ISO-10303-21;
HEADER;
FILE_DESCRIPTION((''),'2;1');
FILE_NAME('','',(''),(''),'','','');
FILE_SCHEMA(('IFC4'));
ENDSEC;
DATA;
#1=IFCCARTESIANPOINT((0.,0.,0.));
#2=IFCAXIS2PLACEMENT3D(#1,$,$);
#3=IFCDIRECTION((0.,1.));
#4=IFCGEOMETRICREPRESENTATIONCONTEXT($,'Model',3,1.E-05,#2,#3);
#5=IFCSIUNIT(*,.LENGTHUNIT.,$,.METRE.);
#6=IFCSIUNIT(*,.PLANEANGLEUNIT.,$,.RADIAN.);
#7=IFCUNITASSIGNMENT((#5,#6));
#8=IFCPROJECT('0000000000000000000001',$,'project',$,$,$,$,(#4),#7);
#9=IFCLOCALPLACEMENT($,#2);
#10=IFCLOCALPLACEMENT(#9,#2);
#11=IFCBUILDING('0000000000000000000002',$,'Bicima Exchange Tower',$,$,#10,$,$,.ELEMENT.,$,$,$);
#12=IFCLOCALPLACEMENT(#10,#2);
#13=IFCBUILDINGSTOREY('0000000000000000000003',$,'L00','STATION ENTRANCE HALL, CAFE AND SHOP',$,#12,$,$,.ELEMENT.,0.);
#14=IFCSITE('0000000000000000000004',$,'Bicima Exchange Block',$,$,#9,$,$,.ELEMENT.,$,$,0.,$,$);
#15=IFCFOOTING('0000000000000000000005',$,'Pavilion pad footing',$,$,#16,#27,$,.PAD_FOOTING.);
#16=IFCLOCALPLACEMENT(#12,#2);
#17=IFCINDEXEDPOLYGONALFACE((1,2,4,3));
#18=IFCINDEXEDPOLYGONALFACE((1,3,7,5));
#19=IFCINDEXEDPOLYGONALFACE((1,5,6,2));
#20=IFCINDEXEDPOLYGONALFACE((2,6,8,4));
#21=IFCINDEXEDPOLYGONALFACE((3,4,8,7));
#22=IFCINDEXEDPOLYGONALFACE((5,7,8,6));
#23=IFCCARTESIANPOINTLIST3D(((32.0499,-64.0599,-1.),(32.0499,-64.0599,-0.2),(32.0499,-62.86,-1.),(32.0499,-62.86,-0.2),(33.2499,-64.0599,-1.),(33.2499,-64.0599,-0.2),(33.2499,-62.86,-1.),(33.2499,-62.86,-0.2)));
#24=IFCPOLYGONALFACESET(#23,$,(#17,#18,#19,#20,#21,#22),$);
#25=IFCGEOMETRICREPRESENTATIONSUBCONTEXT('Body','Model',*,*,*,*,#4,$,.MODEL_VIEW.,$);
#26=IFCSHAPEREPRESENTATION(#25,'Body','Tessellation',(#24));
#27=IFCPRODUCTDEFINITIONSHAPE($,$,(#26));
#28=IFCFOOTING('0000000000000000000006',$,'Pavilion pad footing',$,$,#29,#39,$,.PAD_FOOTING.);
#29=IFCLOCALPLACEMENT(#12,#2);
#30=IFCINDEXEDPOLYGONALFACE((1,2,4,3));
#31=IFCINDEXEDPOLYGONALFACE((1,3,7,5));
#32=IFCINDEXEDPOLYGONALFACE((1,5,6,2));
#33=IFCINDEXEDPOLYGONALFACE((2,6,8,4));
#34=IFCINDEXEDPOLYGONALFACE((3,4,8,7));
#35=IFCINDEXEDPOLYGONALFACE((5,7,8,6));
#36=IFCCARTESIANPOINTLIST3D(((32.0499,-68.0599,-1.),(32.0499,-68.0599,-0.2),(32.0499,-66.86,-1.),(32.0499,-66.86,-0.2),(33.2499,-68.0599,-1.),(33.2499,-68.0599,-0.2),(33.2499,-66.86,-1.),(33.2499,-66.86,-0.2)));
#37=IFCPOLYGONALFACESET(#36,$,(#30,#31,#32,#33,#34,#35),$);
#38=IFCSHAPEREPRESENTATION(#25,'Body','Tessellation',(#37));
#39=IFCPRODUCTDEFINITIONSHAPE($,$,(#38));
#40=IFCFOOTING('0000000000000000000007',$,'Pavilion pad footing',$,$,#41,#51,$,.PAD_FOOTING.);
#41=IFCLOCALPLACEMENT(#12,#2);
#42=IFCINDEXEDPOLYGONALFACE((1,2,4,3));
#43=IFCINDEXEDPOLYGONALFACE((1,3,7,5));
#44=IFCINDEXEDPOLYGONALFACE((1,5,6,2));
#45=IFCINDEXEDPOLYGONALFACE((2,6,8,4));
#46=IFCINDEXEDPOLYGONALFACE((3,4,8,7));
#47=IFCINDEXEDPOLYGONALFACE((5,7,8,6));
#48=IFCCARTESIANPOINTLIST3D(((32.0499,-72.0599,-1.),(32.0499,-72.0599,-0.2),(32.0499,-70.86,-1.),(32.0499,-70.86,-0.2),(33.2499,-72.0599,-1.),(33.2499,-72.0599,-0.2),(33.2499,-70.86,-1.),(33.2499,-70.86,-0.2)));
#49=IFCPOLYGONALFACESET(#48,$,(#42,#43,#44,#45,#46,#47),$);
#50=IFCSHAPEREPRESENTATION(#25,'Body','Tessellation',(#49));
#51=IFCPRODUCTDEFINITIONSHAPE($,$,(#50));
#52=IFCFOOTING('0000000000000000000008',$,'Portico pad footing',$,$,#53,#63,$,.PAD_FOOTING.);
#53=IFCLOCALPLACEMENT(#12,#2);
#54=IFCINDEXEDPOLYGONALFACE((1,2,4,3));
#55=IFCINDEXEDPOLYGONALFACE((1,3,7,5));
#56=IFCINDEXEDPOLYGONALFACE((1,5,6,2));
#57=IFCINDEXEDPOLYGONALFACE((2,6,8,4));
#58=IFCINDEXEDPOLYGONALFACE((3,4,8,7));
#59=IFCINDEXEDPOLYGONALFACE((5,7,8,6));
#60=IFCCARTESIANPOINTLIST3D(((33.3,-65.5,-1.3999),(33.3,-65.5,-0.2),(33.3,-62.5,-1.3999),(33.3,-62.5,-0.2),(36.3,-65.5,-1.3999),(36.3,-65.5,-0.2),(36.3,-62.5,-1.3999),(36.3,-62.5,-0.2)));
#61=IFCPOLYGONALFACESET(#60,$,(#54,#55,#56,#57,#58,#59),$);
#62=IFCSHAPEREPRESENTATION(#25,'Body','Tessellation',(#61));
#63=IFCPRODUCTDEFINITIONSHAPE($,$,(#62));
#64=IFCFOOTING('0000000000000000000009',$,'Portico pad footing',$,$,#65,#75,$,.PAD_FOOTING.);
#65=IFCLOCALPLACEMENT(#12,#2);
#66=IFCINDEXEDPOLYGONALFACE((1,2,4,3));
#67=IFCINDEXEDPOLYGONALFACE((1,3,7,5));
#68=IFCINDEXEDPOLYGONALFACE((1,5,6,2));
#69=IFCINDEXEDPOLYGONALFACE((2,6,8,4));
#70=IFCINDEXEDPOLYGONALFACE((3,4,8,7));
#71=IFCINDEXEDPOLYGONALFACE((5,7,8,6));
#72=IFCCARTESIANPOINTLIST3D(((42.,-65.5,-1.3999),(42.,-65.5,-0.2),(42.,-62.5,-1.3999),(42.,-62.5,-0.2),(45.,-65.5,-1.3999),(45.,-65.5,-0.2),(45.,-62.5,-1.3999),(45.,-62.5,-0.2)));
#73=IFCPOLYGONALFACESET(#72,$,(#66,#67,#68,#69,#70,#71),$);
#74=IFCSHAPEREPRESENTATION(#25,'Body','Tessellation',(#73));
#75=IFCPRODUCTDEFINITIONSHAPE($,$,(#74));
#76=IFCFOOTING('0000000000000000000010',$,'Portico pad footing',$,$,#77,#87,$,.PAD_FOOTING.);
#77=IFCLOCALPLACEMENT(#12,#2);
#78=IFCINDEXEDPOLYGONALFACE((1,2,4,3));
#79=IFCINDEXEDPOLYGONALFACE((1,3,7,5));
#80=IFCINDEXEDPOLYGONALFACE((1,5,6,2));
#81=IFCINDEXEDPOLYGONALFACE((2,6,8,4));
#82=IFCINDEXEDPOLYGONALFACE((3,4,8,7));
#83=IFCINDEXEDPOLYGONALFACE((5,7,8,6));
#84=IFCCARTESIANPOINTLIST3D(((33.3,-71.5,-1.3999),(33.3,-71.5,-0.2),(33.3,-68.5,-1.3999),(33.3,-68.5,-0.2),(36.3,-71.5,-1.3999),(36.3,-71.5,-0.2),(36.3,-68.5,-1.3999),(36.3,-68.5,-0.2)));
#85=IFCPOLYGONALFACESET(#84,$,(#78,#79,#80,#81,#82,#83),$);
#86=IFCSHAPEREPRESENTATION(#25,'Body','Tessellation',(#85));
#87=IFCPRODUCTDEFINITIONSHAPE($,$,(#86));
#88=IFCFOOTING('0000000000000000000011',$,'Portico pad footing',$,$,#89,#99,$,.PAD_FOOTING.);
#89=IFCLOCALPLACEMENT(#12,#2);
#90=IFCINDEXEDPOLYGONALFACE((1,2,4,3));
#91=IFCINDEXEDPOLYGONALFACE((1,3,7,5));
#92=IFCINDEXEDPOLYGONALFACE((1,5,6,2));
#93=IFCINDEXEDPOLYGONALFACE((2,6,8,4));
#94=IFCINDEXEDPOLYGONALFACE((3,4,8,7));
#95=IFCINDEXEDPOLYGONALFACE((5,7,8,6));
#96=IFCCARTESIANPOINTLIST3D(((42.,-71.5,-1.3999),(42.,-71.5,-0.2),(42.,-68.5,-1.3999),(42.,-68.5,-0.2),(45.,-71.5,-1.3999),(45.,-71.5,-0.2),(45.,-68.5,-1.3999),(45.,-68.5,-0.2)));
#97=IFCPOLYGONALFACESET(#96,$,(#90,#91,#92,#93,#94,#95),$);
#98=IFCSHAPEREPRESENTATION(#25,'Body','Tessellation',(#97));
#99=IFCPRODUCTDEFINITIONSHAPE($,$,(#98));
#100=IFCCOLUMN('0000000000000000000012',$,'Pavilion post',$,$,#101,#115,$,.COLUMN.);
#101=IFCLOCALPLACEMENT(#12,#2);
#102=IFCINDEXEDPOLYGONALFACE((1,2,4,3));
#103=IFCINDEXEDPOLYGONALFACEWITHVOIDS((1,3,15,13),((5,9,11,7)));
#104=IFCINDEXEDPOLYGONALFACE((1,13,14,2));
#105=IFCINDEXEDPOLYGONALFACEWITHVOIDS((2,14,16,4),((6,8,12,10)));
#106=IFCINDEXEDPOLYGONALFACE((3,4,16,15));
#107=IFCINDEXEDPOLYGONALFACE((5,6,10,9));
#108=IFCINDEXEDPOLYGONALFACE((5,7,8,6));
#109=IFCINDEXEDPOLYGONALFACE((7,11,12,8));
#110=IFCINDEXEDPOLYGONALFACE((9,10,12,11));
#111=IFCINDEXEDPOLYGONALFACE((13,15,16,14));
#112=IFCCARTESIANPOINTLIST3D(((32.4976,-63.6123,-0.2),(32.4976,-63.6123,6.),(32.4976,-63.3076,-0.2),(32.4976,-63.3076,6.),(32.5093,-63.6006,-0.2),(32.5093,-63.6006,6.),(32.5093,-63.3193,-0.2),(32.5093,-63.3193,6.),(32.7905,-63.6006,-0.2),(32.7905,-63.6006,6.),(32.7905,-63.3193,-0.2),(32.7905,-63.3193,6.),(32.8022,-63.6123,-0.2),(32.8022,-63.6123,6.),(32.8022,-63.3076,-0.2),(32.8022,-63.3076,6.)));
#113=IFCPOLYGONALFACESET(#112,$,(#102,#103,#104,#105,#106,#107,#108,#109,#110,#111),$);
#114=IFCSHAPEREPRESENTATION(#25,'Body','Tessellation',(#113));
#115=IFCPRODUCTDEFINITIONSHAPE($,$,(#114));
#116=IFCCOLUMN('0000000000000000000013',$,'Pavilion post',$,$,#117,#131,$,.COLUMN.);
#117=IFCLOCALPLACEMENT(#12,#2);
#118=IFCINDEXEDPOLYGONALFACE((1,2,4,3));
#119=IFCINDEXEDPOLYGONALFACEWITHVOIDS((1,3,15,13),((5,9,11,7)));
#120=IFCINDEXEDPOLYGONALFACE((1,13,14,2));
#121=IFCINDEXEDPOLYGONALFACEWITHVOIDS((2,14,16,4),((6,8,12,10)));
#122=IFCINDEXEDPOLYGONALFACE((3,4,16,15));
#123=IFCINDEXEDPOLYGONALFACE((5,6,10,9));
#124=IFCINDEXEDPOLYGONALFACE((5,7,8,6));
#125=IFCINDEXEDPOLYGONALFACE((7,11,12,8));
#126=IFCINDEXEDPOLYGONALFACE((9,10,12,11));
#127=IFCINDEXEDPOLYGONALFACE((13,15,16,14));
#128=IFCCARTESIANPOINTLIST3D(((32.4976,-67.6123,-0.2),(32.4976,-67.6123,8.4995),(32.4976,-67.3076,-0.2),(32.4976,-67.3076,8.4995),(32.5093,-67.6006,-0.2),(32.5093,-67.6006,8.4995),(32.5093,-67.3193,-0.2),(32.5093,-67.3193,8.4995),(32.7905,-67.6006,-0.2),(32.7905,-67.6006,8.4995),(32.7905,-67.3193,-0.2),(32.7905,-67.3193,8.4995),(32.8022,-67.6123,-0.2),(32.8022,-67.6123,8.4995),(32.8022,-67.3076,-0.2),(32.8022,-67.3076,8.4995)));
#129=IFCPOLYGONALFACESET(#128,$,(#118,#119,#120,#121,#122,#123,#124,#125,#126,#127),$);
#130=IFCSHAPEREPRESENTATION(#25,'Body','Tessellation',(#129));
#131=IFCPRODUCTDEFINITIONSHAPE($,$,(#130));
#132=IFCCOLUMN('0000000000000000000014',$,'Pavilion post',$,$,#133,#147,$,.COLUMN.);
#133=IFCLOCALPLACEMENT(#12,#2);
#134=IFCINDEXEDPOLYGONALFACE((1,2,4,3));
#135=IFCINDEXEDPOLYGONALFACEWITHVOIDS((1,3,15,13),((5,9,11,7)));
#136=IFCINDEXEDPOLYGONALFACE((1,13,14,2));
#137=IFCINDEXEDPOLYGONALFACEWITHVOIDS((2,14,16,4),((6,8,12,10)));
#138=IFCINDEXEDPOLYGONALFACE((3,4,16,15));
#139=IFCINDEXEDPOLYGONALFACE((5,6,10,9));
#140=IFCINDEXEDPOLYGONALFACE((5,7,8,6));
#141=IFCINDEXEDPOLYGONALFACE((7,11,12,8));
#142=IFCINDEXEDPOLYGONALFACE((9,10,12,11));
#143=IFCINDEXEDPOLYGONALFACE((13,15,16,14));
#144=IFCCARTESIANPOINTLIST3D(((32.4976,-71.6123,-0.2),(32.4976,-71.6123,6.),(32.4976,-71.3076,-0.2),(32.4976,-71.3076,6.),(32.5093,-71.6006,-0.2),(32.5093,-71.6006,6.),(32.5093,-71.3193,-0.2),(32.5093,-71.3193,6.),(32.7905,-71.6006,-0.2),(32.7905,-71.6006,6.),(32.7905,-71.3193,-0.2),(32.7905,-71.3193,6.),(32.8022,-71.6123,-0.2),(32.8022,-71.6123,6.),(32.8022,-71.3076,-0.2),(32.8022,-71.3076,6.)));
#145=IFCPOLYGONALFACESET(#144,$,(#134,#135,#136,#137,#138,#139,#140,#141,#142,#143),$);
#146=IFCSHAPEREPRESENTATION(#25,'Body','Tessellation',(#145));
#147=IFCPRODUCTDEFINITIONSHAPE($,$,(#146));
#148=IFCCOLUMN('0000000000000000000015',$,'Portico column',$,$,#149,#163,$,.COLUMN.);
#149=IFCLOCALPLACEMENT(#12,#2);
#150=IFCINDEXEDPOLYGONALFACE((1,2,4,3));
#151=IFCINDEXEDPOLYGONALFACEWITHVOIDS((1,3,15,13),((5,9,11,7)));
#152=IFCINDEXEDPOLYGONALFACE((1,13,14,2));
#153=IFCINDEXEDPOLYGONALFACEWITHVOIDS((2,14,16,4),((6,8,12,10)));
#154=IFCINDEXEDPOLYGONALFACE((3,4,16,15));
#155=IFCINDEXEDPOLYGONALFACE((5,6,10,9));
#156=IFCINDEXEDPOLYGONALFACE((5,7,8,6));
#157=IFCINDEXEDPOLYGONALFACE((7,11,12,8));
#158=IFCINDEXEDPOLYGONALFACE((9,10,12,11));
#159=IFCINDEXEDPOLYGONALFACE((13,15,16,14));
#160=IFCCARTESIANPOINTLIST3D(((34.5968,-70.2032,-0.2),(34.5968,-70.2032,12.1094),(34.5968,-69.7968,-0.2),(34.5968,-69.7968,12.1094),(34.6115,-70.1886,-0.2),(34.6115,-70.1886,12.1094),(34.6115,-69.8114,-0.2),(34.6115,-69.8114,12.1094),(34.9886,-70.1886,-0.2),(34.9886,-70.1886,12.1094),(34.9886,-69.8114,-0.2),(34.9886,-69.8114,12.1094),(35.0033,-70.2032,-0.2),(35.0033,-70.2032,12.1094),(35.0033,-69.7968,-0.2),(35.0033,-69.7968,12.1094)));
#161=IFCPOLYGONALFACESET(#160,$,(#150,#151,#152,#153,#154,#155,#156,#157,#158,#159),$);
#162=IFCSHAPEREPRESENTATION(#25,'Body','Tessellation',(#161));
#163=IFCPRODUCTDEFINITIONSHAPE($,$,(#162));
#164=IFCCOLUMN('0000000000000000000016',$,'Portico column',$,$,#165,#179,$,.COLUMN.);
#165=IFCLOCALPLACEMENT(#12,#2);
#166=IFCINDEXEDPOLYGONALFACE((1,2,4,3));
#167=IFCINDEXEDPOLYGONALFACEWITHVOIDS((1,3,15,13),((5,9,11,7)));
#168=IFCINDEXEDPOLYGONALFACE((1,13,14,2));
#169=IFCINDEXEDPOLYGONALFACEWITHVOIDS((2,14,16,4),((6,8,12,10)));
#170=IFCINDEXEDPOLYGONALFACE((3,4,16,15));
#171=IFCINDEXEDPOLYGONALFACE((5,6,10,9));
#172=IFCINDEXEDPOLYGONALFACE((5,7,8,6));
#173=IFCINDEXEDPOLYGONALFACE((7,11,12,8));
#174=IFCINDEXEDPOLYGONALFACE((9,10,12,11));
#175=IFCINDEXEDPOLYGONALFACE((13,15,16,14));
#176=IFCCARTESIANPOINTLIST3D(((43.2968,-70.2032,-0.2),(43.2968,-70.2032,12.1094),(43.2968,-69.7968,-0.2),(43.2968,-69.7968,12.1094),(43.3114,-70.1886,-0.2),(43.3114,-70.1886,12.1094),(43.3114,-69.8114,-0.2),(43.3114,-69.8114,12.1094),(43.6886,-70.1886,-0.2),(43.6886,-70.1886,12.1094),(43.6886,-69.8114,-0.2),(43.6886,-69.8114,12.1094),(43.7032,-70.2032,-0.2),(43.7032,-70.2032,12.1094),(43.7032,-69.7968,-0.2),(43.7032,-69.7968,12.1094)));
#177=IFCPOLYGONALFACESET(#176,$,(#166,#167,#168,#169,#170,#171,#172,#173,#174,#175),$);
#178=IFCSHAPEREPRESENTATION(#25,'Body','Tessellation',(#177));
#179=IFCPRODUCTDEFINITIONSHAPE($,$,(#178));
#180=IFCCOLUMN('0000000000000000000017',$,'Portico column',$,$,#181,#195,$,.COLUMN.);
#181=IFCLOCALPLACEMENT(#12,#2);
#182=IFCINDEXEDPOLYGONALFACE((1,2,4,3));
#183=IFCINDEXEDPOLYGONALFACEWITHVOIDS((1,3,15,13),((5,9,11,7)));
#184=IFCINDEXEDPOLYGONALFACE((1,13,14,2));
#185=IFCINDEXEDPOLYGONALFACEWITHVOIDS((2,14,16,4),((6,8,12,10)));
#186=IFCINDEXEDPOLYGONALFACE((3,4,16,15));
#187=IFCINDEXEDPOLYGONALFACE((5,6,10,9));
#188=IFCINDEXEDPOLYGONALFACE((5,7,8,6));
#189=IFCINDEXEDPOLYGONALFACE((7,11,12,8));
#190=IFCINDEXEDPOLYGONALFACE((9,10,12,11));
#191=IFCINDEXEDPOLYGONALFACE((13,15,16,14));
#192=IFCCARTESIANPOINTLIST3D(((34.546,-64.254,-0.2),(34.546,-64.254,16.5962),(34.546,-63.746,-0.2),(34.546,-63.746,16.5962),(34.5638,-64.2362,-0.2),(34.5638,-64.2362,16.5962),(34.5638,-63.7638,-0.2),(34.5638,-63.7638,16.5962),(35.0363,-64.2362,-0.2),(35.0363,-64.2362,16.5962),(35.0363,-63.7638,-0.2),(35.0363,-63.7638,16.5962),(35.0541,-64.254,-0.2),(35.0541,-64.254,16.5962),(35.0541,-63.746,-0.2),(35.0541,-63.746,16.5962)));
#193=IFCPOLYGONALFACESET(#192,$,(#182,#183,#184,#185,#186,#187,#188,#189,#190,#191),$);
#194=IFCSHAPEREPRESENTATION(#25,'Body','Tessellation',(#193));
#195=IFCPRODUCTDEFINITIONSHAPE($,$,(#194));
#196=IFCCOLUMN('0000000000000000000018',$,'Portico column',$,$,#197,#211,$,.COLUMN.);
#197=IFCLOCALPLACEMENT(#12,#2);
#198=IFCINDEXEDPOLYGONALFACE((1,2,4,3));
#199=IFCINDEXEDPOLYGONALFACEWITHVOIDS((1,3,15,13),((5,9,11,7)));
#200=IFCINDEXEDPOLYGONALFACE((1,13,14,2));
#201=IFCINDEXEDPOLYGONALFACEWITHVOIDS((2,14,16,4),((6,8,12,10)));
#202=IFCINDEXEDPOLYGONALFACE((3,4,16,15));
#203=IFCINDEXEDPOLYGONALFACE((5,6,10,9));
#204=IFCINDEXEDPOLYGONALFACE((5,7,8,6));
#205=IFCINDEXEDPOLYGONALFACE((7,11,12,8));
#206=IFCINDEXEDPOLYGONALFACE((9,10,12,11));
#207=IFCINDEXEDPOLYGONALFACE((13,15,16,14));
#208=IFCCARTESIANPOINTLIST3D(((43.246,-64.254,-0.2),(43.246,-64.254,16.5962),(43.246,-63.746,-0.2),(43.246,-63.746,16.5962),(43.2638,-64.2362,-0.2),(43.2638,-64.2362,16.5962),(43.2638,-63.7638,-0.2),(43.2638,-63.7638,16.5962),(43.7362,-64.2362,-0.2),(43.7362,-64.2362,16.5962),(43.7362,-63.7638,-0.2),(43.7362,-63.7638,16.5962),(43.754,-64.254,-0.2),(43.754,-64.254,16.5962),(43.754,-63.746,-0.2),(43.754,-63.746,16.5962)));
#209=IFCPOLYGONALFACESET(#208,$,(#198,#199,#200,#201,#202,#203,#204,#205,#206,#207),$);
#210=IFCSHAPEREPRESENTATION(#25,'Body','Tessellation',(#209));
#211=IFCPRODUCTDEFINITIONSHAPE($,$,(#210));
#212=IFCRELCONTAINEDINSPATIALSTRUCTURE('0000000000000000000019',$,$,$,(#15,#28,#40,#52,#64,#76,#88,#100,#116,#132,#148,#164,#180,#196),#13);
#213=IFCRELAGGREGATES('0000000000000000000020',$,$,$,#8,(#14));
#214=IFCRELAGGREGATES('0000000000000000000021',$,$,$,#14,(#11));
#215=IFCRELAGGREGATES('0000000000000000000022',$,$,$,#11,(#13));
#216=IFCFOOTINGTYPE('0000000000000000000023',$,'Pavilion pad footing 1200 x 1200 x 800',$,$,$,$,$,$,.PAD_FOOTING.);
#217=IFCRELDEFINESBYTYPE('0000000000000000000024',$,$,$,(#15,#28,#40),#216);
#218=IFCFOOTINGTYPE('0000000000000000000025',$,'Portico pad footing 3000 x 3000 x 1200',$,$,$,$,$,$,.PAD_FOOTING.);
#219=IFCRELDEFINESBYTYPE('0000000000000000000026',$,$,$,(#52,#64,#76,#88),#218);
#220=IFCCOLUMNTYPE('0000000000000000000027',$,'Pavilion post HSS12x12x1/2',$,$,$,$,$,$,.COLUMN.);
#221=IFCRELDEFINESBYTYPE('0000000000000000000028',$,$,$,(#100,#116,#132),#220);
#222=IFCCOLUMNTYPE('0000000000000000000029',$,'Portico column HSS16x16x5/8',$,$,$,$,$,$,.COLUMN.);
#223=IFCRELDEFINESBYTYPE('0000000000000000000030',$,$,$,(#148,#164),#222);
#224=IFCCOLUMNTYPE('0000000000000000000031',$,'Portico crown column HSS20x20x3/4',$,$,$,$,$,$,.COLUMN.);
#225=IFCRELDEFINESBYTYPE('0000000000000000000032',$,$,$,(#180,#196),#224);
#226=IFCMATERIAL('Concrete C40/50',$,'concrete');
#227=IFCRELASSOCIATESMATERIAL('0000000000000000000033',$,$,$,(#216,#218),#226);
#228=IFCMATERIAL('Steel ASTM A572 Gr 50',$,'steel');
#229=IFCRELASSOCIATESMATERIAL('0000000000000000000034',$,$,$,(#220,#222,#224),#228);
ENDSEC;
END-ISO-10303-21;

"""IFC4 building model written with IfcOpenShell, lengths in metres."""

from ifc_helpers import new_model, si_unit, direction, frame, origin, origin_2d, place, context, subcontext, project, spatial, rectangle, hollow_rectangle, extrude, material, material_profile, profile_set, type_object, element, save


model = new_model("IFC4")

# Units and contexts
model_context = context("Model", 3, precision=1e-05, world=origin(), true_north=direction((0.0, 1.0)))
body_context = subcontext(model_context, "Body", "Model", "MODEL_VIEW")
ifc_project = project(units=[si_unit("LENGTHUNIT", "METRE"), si_unit("PLANEANGLEUNIT", "RADIAN")], contexts=[model_context])

# Site, building, storey
site_placement = place(None, origin())
site = spatial("IfcSite", under=ifc_project, at=site_placement, Name="Bicima Exchange Block", CompositionType="ELEMENT", RefElevation=0.0)
building_placement = place(site_placement, origin())
building = spatial("IfcBuilding", under=site, at=building_placement, Name="Bicima Exchange Tower", CompositionType="ELEMENT")
storey_placement = place(building_placement, origin())
storey = spatial("IfcBuildingStorey", under=building, at=storey_placement, Name="L00", Description="STATION ENTRANCE HALL, CAFE AND SHOP", CompositionType="ELEMENT", Elevation=0.0)

# Footings
ifc_material_1 = material(Name="Concrete C40/50", Category="concrete")
footing_type_1 = type_object("IfcFootingType", Name="Pavilion pad footing 1200 x 1200 x 800", PredefinedType="PAD_FOOTING", material=ifc_material_1)
for number, where, z_axis, x_axis, name in (
    (1, (32.6499, -63.46, -1.0), (0.0, 0.0, 1.0), (1.0, 0.0, 0.0), "Pavilion pad footing"),
    (2, (32.6499, -67.46, -1.0), (0.0, 0.0, 1.0), (1.0, 0.0, 0.0), "Pavilion pad footing"),
    (3, (32.6499, -71.46, -1.0), (0.0, 0.0, 1.0), (1.0, 0.0, 0.0), "Pavilion pad footing"),
):
    element("IfcFooting", number, at=place(storey_placement, frame(where, z_axis=z_axis, x_axis=x_axis)), inside=storey, type_object=footing_type_1, Name=name, PredefinedType="PAD_FOOTING", context=body_context, shape_type="SweptSolid", body=[
        extrude(rectangle(XDim=1.2, YDim=1.2, at=origin_2d()), origin(), (0.0, 0.0, 1.0), 0.8),
    ])
footing_type_2 = type_object("IfcFootingType", Name="Portico pad footing 3000 x 3000 x 1200", PredefinedType="PAD_FOOTING", material=ifc_material_1)
for number, where, z_axis, x_axis, name in (
    (4, (34.8, -64.0, -1.3999), (0.0, 0.0, 1.0), (1.0, 0.0, 0.0), "Portico pad footing"),
    (5, (43.5, -64.0, -1.3999), (0.0, 0.0, 1.0), (1.0, 0.0, 0.0), "Portico pad footing"),
    (6, (34.8, -70.0, -1.3999), (0.0, 0.0, 1.0), (1.0, 0.0, 0.0), "Portico pad footing"),
    (7, (43.5, -70.0, -1.3999), (0.0, 0.0, 1.0), (1.0, 0.0, 0.0), "Portico pad footing"),
):
    element("IfcFooting", number, at=place(storey_placement, frame(where, z_axis=z_axis, x_axis=x_axis)), inside=storey, type_object=footing_type_2, Name=name, PredefinedType="PAD_FOOTING", context=body_context, shape_type="SweptSolid", body=[
        extrude(rectangle(XDim=3.0, YDim=3.0, at=origin_2d()), origin(), (0.0, 0.0, 1.0), 1.2),
    ])

# Columns
ifc_material_2 = material(Name="Steel ASTM A572 Gr 50", Category="steel")
ifc_material_profile_1 = material_profile(ifc_material_2, hollow_rectangle(XDim=0.3047, YDim=0.3047, WallThickness=0.0117, at=origin_2d()))
ifc_profile_set_1 = profile_set([ifc_material_profile_1], Name="Steel ASTM A572 Gr 50")
column_type_1 = type_object("IfcColumnType", Name="Pavilion post HSS12x12x1/2", PredefinedType="COLUMN", material=ifc_profile_set_1)
column_1_placement = place(storey_placement, frame((32.6499, -63.46, -0.2), z_axis=(0.0, 0.0, 1.0), x_axis=(1.0, 0.0, 0.0)))
element("IfcColumn", 8, at=column_1_placement, inside=storey, type_object=column_type_1, Name="Pavilion post", PredefinedType="COLUMN", context=body_context, shape_type="SweptSolid", body=[
    extrude(hollow_rectangle(XDim=0.3047, YDim=0.3047, WallThickness=0.0117, at=origin_2d()), origin(), (0.0, 0.0, 1.0), 6.2),
])
column_2_placement = place(storey_placement, frame((32.6499, -67.46, -0.2), z_axis=(0.0, 0.0, 1.0), x_axis=(1.0, 0.0, 0.0)))
element("IfcColumn", 9, at=column_2_placement, inside=storey, type_object=column_type_1, Name="Pavilion post", PredefinedType="COLUMN", context=body_context, shape_type="SweptSolid", body=[
    extrude(hollow_rectangle(XDim=0.3047, YDim=0.3047, WallThickness=0.0117, at=origin_2d()), origin(), (0.0, 0.0, 1.0), 8.6995),
])
column_3_placement = place(storey_placement, frame((32.6499, -71.46, -0.2), z_axis=(0.0, 0.0, 1.0), x_axis=(1.0, 0.0, 0.0)))
element("IfcColumn", 10, at=column_3_placement, inside=storey, type_object=column_type_1, Name="Pavilion post", PredefinedType="COLUMN", context=body_context, shape_type="SweptSolid", body=[
    extrude(hollow_rectangle(XDim=0.3047, YDim=0.3047, WallThickness=0.0117, at=origin_2d()), origin(), (0.0, 0.0, 1.0), 6.2),
])
ifc_material_profile_2 = material_profile(ifc_material_2, hollow_rectangle(XDim=0.4065, YDim=0.4065, WallThickness=0.0146, at=origin_2d()))
ifc_profile_set_2 = profile_set([ifc_material_profile_2], Name="Steel ASTM A572 Gr 50")
column_type_2 = type_object("IfcColumnType", Name="Portico column HSS16x16x5/8", PredefinedType="COLUMN", material=ifc_profile_set_2)
for number, where, z_axis, x_axis, name in (
    (11, (34.8, -70.0, -0.2), (0.0, 0.0, 1.0), (1.0, 0.0, 0.0), "Portico column"),
    (12, (43.5, -70.0, -0.2), (0.0, 0.0, 1.0), (1.0, 0.0, 0.0), "Portico column"),
):
    element("IfcColumn", number, at=place(storey_placement, frame(where, z_axis=z_axis, x_axis=x_axis)), inside=storey, type_object=column_type_2, Name=name, PredefinedType="COLUMN", context=body_context, shape_type="SweptSolid", body=[
        extrude(hollow_rectangle(XDim=0.4065, YDim=0.4065, WallThickness=0.0146, at=origin_2d()), origin(), (0.0, 0.0, 1.0), 12.3093),
    ])
ifc_material_profile_3 = material_profile(ifc_material_2, hollow_rectangle(XDim=0.5081, YDim=0.5081, WallThickness=0.0178, at=origin_2d()))
ifc_profile_set_3 = profile_set([ifc_material_profile_3], Name="Steel ASTM A572 Gr 50")
column_type_3 = type_object("IfcColumnType", Name="Portico crown column HSS20x20x3/4", PredefinedType="COLUMN", material=ifc_profile_set_3)
for number, where, z_axis, x_axis, name in (
    (13, (34.8, -64.0, -0.2), (0.0, 0.0, 1.0), (1.0, 0.0, 0.0), "Portico column"),
    (14, (43.5, -64.0, -0.2), (0.0, 0.0, 1.0), (1.0, 0.0, 0.0), "Portico column"),
):
    element("IfcColumn", number, at=place(storey_placement, frame(where, z_axis=z_axis, x_axis=x_axis)), inside=storey, type_object=column_type_3, Name=name, PredefinedType="COLUMN", context=body_context, shape_type="SweptSolid", body=[
        extrude(hollow_rectangle(XDim=0.5081, YDim=0.5081, WallThickness=0.0178, at=origin_2d()), origin(), (0.0, 0.0, 1.0), 16.7961),
    ])

save(model, "model.ifc")
